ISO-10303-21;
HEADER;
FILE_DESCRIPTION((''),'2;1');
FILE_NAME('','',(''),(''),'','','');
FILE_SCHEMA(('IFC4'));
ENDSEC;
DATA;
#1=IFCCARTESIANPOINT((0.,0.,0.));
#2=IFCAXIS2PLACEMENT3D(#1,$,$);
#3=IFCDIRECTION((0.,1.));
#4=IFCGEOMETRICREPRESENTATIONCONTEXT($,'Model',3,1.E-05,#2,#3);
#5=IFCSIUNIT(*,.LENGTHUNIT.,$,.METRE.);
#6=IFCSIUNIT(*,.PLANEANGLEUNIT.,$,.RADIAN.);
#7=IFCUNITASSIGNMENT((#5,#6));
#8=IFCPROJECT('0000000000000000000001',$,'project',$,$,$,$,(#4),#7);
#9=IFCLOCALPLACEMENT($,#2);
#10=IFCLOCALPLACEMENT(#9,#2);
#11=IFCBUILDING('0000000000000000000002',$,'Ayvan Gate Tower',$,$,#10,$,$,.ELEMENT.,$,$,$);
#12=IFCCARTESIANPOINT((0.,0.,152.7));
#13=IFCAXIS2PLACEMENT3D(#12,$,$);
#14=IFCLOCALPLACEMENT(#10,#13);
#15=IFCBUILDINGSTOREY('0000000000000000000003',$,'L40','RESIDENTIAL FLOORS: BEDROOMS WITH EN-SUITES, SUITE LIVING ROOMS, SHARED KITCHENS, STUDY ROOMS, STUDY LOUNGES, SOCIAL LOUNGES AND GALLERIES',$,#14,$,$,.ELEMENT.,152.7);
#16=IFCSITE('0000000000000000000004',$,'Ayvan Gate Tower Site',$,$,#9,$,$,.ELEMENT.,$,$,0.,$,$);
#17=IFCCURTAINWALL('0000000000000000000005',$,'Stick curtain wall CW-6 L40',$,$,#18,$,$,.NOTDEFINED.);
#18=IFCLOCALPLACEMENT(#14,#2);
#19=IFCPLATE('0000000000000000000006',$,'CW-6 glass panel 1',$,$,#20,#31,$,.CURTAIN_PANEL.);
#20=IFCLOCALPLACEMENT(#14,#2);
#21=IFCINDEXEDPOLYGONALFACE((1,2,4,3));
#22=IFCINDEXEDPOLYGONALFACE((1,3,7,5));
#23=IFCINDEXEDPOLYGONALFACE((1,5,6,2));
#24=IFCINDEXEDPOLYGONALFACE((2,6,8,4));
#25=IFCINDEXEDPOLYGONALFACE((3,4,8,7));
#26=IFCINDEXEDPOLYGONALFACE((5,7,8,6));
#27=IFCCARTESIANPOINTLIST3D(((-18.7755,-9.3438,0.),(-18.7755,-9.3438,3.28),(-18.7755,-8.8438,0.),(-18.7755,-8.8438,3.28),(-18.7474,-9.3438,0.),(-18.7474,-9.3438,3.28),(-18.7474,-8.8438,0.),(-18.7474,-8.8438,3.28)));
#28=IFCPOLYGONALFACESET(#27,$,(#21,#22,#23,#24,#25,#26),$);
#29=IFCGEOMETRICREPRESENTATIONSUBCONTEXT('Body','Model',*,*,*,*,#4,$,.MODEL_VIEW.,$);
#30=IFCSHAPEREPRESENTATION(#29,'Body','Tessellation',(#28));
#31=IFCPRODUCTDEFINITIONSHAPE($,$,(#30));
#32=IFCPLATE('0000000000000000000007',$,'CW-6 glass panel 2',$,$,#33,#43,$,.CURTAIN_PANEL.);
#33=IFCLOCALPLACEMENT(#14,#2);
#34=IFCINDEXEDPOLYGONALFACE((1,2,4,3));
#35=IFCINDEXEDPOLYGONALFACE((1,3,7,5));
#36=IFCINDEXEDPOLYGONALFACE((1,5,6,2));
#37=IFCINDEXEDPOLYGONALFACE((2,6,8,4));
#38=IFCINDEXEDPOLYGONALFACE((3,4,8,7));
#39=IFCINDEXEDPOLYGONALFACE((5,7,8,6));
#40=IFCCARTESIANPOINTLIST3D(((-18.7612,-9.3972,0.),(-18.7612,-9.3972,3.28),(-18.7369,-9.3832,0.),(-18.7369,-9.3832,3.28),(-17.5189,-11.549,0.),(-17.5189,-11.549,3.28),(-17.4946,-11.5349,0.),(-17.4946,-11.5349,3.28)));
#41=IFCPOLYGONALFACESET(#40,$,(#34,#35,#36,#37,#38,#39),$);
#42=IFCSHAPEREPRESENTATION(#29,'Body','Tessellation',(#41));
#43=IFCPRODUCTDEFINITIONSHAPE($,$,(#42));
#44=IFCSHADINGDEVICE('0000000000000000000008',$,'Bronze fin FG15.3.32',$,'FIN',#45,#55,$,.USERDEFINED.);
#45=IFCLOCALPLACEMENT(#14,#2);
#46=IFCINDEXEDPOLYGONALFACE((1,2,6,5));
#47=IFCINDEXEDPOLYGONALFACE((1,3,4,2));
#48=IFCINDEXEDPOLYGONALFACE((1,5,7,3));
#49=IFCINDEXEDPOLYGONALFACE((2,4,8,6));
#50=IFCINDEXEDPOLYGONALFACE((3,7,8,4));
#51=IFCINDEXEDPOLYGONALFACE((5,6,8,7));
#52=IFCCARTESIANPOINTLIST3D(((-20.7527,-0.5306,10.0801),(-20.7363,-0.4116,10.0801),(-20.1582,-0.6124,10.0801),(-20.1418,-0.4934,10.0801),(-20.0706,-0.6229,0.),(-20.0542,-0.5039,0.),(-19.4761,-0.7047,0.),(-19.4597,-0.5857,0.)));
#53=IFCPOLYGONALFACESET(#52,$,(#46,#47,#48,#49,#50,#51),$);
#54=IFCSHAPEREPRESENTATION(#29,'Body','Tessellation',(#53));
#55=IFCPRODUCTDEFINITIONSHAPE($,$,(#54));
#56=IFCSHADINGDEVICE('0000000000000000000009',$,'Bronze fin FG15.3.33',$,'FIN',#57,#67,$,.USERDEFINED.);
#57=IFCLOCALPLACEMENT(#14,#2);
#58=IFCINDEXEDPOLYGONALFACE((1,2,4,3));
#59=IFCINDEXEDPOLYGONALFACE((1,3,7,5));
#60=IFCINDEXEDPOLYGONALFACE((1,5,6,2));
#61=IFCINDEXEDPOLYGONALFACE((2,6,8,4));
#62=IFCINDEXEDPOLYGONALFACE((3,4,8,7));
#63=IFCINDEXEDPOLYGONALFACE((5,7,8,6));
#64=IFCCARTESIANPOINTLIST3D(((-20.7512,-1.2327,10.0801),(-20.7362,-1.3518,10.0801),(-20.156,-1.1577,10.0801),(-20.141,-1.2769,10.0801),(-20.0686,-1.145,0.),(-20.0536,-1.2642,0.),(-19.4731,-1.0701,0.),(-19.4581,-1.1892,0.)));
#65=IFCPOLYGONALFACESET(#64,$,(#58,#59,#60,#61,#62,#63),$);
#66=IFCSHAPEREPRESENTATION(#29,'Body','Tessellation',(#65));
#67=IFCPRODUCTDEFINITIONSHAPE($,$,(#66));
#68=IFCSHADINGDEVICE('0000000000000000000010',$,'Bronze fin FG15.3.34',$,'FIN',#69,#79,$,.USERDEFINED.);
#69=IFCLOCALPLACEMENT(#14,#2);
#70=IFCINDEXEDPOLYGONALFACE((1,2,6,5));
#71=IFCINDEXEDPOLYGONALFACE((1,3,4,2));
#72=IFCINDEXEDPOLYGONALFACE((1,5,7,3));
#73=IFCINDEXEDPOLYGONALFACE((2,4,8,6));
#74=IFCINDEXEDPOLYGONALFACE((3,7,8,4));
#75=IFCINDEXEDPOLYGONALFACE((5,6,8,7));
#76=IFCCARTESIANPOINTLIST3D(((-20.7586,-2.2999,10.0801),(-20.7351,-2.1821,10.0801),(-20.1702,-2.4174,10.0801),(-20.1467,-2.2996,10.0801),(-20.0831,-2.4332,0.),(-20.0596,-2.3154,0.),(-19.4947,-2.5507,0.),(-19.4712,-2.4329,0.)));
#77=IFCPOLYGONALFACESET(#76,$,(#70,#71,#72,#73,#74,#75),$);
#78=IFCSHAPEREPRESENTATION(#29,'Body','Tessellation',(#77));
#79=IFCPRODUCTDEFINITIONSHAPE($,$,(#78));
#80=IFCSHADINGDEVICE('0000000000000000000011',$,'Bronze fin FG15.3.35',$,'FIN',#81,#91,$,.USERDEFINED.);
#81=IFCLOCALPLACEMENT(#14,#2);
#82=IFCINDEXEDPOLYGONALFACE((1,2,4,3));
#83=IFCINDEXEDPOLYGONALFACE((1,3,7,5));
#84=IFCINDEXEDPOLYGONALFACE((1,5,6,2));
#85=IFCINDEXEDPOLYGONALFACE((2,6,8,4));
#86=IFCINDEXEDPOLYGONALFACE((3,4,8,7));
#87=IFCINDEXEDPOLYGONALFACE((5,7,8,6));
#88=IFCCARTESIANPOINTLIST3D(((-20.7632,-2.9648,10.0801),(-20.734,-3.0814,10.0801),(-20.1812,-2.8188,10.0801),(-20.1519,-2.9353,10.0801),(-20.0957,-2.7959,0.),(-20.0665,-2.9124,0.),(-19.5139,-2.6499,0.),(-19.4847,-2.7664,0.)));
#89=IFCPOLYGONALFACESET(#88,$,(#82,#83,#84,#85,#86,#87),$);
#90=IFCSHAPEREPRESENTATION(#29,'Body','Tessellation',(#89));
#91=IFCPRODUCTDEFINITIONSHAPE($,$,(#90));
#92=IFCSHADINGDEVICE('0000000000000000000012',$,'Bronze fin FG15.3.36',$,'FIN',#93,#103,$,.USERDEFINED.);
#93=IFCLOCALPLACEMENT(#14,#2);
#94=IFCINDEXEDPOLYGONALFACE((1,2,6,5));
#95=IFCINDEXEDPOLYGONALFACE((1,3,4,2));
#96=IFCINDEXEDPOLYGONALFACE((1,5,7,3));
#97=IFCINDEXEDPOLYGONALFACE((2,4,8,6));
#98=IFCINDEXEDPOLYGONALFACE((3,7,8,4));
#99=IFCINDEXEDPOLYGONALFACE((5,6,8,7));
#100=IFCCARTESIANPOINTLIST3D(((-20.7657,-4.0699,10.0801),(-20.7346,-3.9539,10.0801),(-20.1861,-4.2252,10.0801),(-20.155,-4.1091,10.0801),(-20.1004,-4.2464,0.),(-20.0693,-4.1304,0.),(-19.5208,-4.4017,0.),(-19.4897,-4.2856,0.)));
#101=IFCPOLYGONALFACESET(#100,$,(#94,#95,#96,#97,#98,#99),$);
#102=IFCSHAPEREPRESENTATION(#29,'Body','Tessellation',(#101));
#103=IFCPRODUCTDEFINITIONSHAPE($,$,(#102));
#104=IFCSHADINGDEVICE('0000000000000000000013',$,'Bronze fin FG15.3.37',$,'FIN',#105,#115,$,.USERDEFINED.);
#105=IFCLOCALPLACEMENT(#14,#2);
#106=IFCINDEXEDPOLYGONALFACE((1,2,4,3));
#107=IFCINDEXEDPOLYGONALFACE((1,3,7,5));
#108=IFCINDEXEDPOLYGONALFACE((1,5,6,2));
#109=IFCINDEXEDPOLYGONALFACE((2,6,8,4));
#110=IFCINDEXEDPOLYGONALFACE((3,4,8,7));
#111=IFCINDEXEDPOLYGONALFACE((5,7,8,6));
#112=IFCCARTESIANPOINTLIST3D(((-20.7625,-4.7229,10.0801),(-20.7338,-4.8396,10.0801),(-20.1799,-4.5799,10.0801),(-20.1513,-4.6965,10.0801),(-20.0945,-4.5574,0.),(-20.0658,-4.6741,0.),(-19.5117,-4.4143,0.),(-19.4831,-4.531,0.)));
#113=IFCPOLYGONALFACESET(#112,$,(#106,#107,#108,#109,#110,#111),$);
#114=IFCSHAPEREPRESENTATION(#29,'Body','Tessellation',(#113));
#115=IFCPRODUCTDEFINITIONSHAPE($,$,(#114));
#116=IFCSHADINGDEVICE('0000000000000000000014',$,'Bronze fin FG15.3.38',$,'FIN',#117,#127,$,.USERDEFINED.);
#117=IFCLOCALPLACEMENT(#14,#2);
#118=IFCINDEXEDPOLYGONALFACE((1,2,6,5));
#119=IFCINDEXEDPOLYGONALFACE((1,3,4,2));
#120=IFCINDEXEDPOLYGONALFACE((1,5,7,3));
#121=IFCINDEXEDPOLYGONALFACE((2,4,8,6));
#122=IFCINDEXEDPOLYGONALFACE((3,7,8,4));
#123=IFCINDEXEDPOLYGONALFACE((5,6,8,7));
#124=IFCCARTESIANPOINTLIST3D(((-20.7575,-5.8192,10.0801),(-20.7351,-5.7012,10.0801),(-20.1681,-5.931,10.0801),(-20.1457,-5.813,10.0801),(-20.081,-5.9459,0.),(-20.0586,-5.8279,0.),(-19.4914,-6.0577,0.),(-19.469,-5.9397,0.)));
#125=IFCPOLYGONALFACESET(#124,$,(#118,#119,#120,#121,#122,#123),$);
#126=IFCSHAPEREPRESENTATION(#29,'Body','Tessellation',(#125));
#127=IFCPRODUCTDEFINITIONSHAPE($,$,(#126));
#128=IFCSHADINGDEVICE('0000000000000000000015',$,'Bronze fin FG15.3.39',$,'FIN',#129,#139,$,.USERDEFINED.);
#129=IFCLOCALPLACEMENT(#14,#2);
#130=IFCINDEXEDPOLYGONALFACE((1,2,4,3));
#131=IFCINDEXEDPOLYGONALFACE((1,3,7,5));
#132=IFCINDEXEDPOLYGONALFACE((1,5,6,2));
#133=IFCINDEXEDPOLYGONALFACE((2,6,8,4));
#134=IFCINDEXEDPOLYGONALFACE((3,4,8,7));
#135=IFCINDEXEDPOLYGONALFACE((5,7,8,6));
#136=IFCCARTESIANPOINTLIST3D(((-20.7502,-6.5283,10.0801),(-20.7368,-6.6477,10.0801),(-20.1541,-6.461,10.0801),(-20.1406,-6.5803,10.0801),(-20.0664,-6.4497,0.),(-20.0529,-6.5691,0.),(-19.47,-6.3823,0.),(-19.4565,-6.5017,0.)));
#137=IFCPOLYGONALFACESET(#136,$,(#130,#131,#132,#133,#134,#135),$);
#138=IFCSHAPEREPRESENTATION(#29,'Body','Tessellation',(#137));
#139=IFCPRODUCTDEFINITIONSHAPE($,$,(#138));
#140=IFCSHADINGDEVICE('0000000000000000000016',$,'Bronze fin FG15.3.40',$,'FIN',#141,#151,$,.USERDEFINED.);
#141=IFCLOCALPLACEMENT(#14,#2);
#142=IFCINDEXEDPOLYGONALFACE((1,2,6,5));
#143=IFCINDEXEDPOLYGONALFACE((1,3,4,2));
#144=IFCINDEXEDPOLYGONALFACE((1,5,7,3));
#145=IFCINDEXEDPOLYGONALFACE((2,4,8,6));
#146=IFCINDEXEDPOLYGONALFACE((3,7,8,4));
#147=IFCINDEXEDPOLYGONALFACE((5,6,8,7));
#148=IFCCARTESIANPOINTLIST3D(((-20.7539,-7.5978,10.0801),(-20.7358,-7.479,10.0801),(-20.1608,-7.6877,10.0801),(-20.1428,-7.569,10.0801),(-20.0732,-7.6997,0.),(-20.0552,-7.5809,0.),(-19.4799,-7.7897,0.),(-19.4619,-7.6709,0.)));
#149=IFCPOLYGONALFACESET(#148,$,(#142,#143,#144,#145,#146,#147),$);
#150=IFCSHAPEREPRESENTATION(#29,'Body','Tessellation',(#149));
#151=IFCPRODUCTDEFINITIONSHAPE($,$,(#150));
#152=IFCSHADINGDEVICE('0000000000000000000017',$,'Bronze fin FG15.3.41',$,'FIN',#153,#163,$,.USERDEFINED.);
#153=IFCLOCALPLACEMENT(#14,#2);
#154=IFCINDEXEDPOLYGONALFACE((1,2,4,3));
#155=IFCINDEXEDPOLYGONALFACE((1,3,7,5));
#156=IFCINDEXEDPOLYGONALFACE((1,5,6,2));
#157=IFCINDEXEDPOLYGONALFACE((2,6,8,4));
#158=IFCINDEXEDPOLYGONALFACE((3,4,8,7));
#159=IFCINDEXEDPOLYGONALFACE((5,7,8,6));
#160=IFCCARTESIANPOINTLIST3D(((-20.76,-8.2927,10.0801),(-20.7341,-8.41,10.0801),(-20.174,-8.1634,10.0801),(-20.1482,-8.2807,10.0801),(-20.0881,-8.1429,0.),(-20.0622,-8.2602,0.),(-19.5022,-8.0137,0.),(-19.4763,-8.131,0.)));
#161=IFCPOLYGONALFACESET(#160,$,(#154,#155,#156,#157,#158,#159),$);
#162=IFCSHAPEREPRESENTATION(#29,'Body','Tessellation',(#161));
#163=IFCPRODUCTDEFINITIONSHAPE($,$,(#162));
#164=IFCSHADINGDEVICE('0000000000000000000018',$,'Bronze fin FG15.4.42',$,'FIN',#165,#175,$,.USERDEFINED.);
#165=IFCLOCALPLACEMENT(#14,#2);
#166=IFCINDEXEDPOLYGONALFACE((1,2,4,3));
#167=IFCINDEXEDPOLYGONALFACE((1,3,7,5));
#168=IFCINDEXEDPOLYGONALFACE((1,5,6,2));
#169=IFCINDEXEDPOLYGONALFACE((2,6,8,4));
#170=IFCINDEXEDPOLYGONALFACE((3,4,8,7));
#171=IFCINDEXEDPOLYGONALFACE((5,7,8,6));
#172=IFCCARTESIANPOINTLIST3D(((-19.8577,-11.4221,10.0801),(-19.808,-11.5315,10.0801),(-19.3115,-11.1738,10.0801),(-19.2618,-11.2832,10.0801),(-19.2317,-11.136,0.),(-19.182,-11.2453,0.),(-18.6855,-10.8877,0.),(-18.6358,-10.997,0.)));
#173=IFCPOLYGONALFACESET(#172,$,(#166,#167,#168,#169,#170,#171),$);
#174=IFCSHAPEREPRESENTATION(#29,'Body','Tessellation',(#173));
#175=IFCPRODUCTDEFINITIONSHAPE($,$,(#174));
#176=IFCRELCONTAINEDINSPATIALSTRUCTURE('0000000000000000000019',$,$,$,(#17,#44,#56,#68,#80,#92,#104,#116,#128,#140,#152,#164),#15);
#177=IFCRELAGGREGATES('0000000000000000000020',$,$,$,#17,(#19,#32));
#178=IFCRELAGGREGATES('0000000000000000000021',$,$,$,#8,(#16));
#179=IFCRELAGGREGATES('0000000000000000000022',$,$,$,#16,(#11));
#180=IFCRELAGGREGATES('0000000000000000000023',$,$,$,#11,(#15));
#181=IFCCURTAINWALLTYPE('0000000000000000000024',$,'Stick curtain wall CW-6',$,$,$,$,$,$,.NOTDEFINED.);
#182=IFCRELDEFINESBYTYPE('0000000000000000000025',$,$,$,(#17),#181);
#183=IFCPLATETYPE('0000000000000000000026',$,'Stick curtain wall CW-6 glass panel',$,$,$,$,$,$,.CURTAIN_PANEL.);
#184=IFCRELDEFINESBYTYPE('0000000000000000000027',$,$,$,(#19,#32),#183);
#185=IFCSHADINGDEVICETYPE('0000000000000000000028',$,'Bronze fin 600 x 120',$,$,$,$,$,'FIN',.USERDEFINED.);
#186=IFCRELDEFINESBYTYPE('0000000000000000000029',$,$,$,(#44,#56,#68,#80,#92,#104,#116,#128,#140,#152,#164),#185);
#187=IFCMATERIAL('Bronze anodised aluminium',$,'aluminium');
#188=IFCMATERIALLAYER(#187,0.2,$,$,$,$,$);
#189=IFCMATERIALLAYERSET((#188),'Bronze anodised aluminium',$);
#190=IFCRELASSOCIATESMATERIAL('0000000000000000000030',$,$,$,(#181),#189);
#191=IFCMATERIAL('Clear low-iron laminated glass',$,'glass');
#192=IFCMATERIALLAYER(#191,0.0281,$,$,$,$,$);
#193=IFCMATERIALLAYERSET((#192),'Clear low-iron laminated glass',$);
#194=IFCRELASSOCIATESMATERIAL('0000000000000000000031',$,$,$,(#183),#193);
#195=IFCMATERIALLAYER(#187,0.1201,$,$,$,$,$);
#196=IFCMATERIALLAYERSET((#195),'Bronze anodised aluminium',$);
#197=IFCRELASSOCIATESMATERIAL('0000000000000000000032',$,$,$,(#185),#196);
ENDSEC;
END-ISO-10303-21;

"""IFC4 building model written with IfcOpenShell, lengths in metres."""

from ifc_helpers import new_model, si_unit, direction, frame, origin, origin_2d, place, context, subcontext, project, spatial, polyline, rectangle, outline, extrude, material, layer, layer_set, type_object, element, aggregate, save


model = new_model("IFC4")

# Units and contexts
model_context = context("Model", 3, precision=1e-05, world=origin(), true_north=direction((0.0, 1.0)))
body_context = subcontext(model_context, "Body", "Model", "MODEL_VIEW")
ifc_project = project(units=[si_unit("LENGTHUNIT", "METRE"), si_unit("PLANEANGLEUNIT", "RADIAN")], contexts=[model_context])

# Site, building, storey
site_placement = place(None, origin())
site = spatial("IfcSite", under=ifc_project, at=site_placement, Name="Ayvan Gate Tower Site", CompositionType="ELEMENT", RefElevation=0.0)
building_placement = place(site_placement, origin())
building = spatial("IfcBuilding", under=site, at=building_placement, Name="Ayvan Gate Tower", CompositionType="ELEMENT")
storey_placement = place(building_placement, frame((0.0, 0.0, 152.7)))
storey = spatial("IfcBuildingStorey", under=building, at=storey_placement, Name="L40", Description="RESIDENTIAL FLOORS: BEDROOMS WITH EN-SUITES, SUITE LIVING ROOMS, SHARED KITCHENS, STUDY ROOMS, STUDY LOUNGES, SOCIAL LOUNGES AND GALLERIES", CompositionType="ELEMENT", Elevation=152.7)

# Curtain wall
ifc_material_1 = material(Name="Bronze anodised aluminium", Category="aluminium")
ifc_layer_1 = layer(ifc_material_1, 0.2)
ifc_layer_set_1 = layer_set([ifc_layer_1], Name="Bronze anodised aluminium")
curtain_wall_type_1 = type_object("IfcCurtainWallType", Name="Stick curtain wall CW-6", PredefinedType="NOTDEFINED", material=ifc_layer_set_1)
curtain_wall_1_placement = place(storey_placement, origin())
curtain_wall_1 = element("IfcCurtainWall", 1, at=curtain_wall_1_placement, inside=storey, type_object=curtain_wall_type_1, Name="Stick curtain wall CW-6 L40", PredefinedType="NOTDEFINED")

# Plates
ifc_material_2 = material(Name="Clear low-iron laminated glass", Category="glass")
ifc_layer_2 = layer(ifc_material_2, 0.0281)
ifc_layer_set_2 = layer_set([ifc_layer_2], Name="Clear low-iron laminated glass")
plate_type_1 = type_object("IfcPlateType", Name="Stick curtain wall CW-6 glass panel", PredefinedType="CURTAIN_PANEL", material=ifc_layer_set_2)
plate_1_placement = place(storey_placement, frame((-18.7615, -9.0938, 0.0), z_axis=(0.0, 0.0, 1.0), x_axis=(0.0, -1.0, 0.0)))
plate_1 = element("IfcPlate", 2, at=plate_1_placement, type_object=plate_type_1, Name="CW-6 glass panel 1", PredefinedType="CURTAIN_PANEL", context=body_context, shape_type="SweptSolid", body=[
    extrude(rectangle(XDim=0.5, YDim=0.0281, at=origin_2d()), origin(), (0.0, 0.0, 1.0), 3.28),
])
plate_2_placement = place(storey_placement, frame((-18.1279, -10.4661, 0.0), z_axis=(0.0, 0.0, 1.0), x_axis=(0.5, -0.866025, 0.0)))
plate_2 = element("IfcPlate", 3, at=plate_2_placement, type_object=plate_type_1, Name="CW-6 glass panel 2", PredefinedType="CURTAIN_PANEL", context=body_context, shape_type="SweptSolid", body=[
    extrude(rectangle(XDim=2.4846, YDim=0.0281, at=origin_2d()), origin(), (0.0, 0.0, 1.0), 3.28),
])
aggregate(curtain_wall_1, [plate_1, plate_2])

# Shading devices
ifc_layer_3 = layer(ifc_material_1, 0.1201)
ifc_layer_set_3 = layer_set([ifc_layer_3], Name="Bronze anodised aluminium")
shading_device_type = type_object("IfcShadingDeviceType", Name="Bronze fin 600 x 120", ElementType="FIN", PredefinedType="USERDEFINED", material=ifc_layer_set_3)
shading_device_1_placement = place(storey_placement, frame((-19.4597, -0.5857, 0.0), z_axis=(0.136293, 0.990669, 0.000153), x_axis=(-0.990669, 0.136293, 0.0)))
element("IfcShadingDevice", 4, at=shading_device_1_placement, inside=storey, type_object=shading_device_type, Name="Bronze fin FG15.3.32", ObjectType="FIN", PredefinedType="USERDEFINED", context=body_context, shape_type="SweptSolid", body=[
    extrude(outline(polyline([(0.0, 0.0), (0.6001, 0.0), (1.2884, 10.0801), (0.6883, 10.0801), (0.0, 0.0)])), origin(), (0.0, 0.0, -1.0), 0.1201),
])
shading_device_2_placement = place(storey_placement, frame((-19.4731, -1.0701, 0.0), z_axis=(-0.124911, 0.992168, 0.000167), x_axis=(-0.992168, -0.124911, 0.0)))
element("IfcShadingDevice", 5, at=shading_device_2_placement, inside=storey, type_object=shading_device_type, Name="Bronze fin FG15.3.33", ObjectType="FIN", PredefinedType="USERDEFINED", context=body_context, shape_type="SweptSolid", body=[
    extrude(outline(polyline([(0.0, 0.0), (0.6002, 0.0), (1.2884, 10.0801), (0.6885, 10.0801), (0.0, 0.0)])), origin(), (0.0, 0.0, -1.0), 0.1201),
])
shading_device_3_placement = place(storey_placement, frame((-19.4712, -2.4329, 0.0), z_axis=(0.195725, 0.980659, 0.000148), x_axis=(-0.980659, 0.195725, 0.0)))
element("IfcShadingDevice", 6, at=shading_device_3_placement, inside=storey, type_object=shading_device_type, Name="Bronze fin FG15.3.34", ObjectType="FIN", PredefinedType="USERDEFINED", context=body_context, shape_type="SweptSolid", body=[
    extrude(outline(polyline([(0.0, 0.0), (0.6, 0.0), (1.2885, 10.0801), (0.6886, 10.0801), (0.0, 0.0)])), origin(), (0.0, 0.0, -1.0), 0.1201),
])
shading_device_4_placement = place(storey_placement, frame((-19.5139, -2.6499, 0.0), z_axis=(-0.243349, 0.969939, 0.000145), x_axis=(-0.969939, -0.243349, 0.0)))
element("IfcShadingDevice", 7, at=shading_device_4_placement, inside=storey, type_object=shading_device_type, Name="Bronze fin FG15.3.35", ObjectType="FIN", PredefinedType="USERDEFINED", context=body_context, shape_type="SweptSolid", body=[
    extrude(outline(polyline([(0.0, 0.0), (0.5998, 0.0), (1.2884, 10.0801), (0.6883, 10.0801), (0.0, 0.0)])), origin(), (0.0, 0.0, -1.0), 0.1201),
])
shading_device_5_placement = place(storey_placement, frame((-19.4897, -4.2856, 0.0), z_axis=(0.258777, 0.965937, 0.000165), x_axis=(-0.965937, 0.258777, 0.0)))
element("IfcShadingDevice", 8, at=shading_device_5_placement, inside=storey, type_object=shading_device_type, Name="Bronze fin FG15.3.36", ObjectType="FIN", PredefinedType="USERDEFINED", context=body_context, shape_type="SweptSolid", body=[
    extrude(outline(polyline([(0.0, 0.0), (0.6, 0.0), (1.2883, 10.0801), (0.6883, 10.0801), (0.0, 0.0)])), origin(), (0.0, 0.0, -1.0), 0.1201),
])
shading_device_6_placement = place(storey_placement, frame((-19.5117, -4.4143, 0.0), z_axis=(-0.238464, 0.971151, 0.000142), x_axis=(-0.971151, -0.238464, 0.0)))
element("IfcShadingDevice", 9, at=shading_device_6_placement, inside=storey, type_object=shading_device_type, Name="Bronze fin FG15.3.37", ObjectType="FIN", PredefinedType="USERDEFINED", context=body_context, shape_type="SweptSolid", body=[
    extrude(outline(polyline([(0.0, 0.0), (0.6001, 0.0), (1.2882, 10.0801), (0.6884, 10.0801), (0.0, 0.0)])), origin(), (0.0, 0.0, -1.0), 0.1201),
])
shading_device_7_placement = place(storey_placement, frame((-19.469, -5.9397, 0.0), z_axis=(0.186364, 0.982481, 0.00016), x_axis=(-0.982481, 0.186364, 0.0)))
element("IfcShadingDevice", 10, at=shading_device_7_placement, inside=storey, type_object=shading_device_type, Name="Bronze fin FG15.3.38", ObjectType="FIN", PredefinedType="USERDEFINED", context=body_context, shape_type="SweptSolid", body=[
    extrude(outline(polyline([(0.0, 0.0), (0.6001, 0.0), (1.2884, 10.0801), (0.6885, 10.0801), (0.0, 0.0)])), origin(), (0.0, 0.0, -1.0), 0.1201),
])
shading_device_8_placement = place(storey_placement, frame((-19.47, -6.3823, 0.0), z_axis=(-0.112284, 0.993676, 0.000131), x_axis=(-0.993676, -0.112284, 0.0)))
element("IfcShadingDevice", 11, at=shading_device_8_placement, inside=storey, type_object=shading_device_type, Name="Bronze fin FG15.3.39", ObjectType="FIN", PredefinedType="USERDEFINED", context=body_context, shape_type="SweptSolid", body=[
    extrude(outline(polyline([(0.0, 0.0), (0.6002, 0.0), (1.2886, 10.0801), (0.6886, 10.0801), (0.0, 0.0)])), origin(), (0.0, 0.0, -1.0), 0.1201),
])
shading_device_9_placement = place(storey_placement, frame((-19.4619, -7.6709, 0.0), z_axis=(0.149962, 0.988692, 0.000131), x_axis=(-0.988692, 0.149962, 0.0)))
element("IfcShadingDevice", 12, at=shading_device_9_placement, inside=storey, type_object=shading_device_type, Name="Bronze fin FG15.3.40", ObjectType="FIN", PredefinedType="USERDEFINED", context=body_context, shape_type="SweptSolid", body=[
    extrude(outline(polyline([(0.0, 0.0), (0.6, 0.0), (1.2883, 10.0801), (0.6885, 10.0801), (0.0, 0.0)])), origin(), (0.0, 0.0, -1.0), 0.1201),
])
shading_device_10_placement = place(storey_placement, frame((-19.5022, -8.0137, 0.0), z_axis=(-0.215444, 0.976516, 0.00015), x_axis=(-0.976516, -0.215444, 0.0)))
element("IfcShadingDevice", 13, at=shading_device_10_placement, inside=storey, type_object=shading_device_type, Name="Bronze fin FG15.3.41", ObjectType="FIN", PredefinedType="USERDEFINED", context=body_context, shape_type="SweptSolid", body=[
    extrude(outline(polyline([(0.0, 0.0), (0.6, 0.0), (1.2884, 10.0801), (0.6883, 10.0801), (0.0, 0.0)])), origin(), (0.0, 0.0, -1.0), 0.1201),
])
shading_device_11_placement = place(storey_placement, frame((-18.6855, -10.8877, 0.0), z_axis=(-0.413864, 0.910339, 0.00014), x_axis=(-0.910339, -0.413864, 0.0)))
element("IfcShadingDevice", 14, at=shading_device_11_placement, inside=storey, type_object=shading_device_type, Name="Bronze fin FG15.4.42", ObjectType="FIN", PredefinedType="USERDEFINED", context=body_context, shape_type="SweptSolid", body=[
    extrude(outline(polyline([(0.0, 0.0), (0.5999, 0.0), (1.2882, 10.0801), (0.6883, 10.0801), (0.0, 0.0)])), origin(), (0.0, 0.0, -1.0), 0.1201),
])

save(model, "model.ifc")
